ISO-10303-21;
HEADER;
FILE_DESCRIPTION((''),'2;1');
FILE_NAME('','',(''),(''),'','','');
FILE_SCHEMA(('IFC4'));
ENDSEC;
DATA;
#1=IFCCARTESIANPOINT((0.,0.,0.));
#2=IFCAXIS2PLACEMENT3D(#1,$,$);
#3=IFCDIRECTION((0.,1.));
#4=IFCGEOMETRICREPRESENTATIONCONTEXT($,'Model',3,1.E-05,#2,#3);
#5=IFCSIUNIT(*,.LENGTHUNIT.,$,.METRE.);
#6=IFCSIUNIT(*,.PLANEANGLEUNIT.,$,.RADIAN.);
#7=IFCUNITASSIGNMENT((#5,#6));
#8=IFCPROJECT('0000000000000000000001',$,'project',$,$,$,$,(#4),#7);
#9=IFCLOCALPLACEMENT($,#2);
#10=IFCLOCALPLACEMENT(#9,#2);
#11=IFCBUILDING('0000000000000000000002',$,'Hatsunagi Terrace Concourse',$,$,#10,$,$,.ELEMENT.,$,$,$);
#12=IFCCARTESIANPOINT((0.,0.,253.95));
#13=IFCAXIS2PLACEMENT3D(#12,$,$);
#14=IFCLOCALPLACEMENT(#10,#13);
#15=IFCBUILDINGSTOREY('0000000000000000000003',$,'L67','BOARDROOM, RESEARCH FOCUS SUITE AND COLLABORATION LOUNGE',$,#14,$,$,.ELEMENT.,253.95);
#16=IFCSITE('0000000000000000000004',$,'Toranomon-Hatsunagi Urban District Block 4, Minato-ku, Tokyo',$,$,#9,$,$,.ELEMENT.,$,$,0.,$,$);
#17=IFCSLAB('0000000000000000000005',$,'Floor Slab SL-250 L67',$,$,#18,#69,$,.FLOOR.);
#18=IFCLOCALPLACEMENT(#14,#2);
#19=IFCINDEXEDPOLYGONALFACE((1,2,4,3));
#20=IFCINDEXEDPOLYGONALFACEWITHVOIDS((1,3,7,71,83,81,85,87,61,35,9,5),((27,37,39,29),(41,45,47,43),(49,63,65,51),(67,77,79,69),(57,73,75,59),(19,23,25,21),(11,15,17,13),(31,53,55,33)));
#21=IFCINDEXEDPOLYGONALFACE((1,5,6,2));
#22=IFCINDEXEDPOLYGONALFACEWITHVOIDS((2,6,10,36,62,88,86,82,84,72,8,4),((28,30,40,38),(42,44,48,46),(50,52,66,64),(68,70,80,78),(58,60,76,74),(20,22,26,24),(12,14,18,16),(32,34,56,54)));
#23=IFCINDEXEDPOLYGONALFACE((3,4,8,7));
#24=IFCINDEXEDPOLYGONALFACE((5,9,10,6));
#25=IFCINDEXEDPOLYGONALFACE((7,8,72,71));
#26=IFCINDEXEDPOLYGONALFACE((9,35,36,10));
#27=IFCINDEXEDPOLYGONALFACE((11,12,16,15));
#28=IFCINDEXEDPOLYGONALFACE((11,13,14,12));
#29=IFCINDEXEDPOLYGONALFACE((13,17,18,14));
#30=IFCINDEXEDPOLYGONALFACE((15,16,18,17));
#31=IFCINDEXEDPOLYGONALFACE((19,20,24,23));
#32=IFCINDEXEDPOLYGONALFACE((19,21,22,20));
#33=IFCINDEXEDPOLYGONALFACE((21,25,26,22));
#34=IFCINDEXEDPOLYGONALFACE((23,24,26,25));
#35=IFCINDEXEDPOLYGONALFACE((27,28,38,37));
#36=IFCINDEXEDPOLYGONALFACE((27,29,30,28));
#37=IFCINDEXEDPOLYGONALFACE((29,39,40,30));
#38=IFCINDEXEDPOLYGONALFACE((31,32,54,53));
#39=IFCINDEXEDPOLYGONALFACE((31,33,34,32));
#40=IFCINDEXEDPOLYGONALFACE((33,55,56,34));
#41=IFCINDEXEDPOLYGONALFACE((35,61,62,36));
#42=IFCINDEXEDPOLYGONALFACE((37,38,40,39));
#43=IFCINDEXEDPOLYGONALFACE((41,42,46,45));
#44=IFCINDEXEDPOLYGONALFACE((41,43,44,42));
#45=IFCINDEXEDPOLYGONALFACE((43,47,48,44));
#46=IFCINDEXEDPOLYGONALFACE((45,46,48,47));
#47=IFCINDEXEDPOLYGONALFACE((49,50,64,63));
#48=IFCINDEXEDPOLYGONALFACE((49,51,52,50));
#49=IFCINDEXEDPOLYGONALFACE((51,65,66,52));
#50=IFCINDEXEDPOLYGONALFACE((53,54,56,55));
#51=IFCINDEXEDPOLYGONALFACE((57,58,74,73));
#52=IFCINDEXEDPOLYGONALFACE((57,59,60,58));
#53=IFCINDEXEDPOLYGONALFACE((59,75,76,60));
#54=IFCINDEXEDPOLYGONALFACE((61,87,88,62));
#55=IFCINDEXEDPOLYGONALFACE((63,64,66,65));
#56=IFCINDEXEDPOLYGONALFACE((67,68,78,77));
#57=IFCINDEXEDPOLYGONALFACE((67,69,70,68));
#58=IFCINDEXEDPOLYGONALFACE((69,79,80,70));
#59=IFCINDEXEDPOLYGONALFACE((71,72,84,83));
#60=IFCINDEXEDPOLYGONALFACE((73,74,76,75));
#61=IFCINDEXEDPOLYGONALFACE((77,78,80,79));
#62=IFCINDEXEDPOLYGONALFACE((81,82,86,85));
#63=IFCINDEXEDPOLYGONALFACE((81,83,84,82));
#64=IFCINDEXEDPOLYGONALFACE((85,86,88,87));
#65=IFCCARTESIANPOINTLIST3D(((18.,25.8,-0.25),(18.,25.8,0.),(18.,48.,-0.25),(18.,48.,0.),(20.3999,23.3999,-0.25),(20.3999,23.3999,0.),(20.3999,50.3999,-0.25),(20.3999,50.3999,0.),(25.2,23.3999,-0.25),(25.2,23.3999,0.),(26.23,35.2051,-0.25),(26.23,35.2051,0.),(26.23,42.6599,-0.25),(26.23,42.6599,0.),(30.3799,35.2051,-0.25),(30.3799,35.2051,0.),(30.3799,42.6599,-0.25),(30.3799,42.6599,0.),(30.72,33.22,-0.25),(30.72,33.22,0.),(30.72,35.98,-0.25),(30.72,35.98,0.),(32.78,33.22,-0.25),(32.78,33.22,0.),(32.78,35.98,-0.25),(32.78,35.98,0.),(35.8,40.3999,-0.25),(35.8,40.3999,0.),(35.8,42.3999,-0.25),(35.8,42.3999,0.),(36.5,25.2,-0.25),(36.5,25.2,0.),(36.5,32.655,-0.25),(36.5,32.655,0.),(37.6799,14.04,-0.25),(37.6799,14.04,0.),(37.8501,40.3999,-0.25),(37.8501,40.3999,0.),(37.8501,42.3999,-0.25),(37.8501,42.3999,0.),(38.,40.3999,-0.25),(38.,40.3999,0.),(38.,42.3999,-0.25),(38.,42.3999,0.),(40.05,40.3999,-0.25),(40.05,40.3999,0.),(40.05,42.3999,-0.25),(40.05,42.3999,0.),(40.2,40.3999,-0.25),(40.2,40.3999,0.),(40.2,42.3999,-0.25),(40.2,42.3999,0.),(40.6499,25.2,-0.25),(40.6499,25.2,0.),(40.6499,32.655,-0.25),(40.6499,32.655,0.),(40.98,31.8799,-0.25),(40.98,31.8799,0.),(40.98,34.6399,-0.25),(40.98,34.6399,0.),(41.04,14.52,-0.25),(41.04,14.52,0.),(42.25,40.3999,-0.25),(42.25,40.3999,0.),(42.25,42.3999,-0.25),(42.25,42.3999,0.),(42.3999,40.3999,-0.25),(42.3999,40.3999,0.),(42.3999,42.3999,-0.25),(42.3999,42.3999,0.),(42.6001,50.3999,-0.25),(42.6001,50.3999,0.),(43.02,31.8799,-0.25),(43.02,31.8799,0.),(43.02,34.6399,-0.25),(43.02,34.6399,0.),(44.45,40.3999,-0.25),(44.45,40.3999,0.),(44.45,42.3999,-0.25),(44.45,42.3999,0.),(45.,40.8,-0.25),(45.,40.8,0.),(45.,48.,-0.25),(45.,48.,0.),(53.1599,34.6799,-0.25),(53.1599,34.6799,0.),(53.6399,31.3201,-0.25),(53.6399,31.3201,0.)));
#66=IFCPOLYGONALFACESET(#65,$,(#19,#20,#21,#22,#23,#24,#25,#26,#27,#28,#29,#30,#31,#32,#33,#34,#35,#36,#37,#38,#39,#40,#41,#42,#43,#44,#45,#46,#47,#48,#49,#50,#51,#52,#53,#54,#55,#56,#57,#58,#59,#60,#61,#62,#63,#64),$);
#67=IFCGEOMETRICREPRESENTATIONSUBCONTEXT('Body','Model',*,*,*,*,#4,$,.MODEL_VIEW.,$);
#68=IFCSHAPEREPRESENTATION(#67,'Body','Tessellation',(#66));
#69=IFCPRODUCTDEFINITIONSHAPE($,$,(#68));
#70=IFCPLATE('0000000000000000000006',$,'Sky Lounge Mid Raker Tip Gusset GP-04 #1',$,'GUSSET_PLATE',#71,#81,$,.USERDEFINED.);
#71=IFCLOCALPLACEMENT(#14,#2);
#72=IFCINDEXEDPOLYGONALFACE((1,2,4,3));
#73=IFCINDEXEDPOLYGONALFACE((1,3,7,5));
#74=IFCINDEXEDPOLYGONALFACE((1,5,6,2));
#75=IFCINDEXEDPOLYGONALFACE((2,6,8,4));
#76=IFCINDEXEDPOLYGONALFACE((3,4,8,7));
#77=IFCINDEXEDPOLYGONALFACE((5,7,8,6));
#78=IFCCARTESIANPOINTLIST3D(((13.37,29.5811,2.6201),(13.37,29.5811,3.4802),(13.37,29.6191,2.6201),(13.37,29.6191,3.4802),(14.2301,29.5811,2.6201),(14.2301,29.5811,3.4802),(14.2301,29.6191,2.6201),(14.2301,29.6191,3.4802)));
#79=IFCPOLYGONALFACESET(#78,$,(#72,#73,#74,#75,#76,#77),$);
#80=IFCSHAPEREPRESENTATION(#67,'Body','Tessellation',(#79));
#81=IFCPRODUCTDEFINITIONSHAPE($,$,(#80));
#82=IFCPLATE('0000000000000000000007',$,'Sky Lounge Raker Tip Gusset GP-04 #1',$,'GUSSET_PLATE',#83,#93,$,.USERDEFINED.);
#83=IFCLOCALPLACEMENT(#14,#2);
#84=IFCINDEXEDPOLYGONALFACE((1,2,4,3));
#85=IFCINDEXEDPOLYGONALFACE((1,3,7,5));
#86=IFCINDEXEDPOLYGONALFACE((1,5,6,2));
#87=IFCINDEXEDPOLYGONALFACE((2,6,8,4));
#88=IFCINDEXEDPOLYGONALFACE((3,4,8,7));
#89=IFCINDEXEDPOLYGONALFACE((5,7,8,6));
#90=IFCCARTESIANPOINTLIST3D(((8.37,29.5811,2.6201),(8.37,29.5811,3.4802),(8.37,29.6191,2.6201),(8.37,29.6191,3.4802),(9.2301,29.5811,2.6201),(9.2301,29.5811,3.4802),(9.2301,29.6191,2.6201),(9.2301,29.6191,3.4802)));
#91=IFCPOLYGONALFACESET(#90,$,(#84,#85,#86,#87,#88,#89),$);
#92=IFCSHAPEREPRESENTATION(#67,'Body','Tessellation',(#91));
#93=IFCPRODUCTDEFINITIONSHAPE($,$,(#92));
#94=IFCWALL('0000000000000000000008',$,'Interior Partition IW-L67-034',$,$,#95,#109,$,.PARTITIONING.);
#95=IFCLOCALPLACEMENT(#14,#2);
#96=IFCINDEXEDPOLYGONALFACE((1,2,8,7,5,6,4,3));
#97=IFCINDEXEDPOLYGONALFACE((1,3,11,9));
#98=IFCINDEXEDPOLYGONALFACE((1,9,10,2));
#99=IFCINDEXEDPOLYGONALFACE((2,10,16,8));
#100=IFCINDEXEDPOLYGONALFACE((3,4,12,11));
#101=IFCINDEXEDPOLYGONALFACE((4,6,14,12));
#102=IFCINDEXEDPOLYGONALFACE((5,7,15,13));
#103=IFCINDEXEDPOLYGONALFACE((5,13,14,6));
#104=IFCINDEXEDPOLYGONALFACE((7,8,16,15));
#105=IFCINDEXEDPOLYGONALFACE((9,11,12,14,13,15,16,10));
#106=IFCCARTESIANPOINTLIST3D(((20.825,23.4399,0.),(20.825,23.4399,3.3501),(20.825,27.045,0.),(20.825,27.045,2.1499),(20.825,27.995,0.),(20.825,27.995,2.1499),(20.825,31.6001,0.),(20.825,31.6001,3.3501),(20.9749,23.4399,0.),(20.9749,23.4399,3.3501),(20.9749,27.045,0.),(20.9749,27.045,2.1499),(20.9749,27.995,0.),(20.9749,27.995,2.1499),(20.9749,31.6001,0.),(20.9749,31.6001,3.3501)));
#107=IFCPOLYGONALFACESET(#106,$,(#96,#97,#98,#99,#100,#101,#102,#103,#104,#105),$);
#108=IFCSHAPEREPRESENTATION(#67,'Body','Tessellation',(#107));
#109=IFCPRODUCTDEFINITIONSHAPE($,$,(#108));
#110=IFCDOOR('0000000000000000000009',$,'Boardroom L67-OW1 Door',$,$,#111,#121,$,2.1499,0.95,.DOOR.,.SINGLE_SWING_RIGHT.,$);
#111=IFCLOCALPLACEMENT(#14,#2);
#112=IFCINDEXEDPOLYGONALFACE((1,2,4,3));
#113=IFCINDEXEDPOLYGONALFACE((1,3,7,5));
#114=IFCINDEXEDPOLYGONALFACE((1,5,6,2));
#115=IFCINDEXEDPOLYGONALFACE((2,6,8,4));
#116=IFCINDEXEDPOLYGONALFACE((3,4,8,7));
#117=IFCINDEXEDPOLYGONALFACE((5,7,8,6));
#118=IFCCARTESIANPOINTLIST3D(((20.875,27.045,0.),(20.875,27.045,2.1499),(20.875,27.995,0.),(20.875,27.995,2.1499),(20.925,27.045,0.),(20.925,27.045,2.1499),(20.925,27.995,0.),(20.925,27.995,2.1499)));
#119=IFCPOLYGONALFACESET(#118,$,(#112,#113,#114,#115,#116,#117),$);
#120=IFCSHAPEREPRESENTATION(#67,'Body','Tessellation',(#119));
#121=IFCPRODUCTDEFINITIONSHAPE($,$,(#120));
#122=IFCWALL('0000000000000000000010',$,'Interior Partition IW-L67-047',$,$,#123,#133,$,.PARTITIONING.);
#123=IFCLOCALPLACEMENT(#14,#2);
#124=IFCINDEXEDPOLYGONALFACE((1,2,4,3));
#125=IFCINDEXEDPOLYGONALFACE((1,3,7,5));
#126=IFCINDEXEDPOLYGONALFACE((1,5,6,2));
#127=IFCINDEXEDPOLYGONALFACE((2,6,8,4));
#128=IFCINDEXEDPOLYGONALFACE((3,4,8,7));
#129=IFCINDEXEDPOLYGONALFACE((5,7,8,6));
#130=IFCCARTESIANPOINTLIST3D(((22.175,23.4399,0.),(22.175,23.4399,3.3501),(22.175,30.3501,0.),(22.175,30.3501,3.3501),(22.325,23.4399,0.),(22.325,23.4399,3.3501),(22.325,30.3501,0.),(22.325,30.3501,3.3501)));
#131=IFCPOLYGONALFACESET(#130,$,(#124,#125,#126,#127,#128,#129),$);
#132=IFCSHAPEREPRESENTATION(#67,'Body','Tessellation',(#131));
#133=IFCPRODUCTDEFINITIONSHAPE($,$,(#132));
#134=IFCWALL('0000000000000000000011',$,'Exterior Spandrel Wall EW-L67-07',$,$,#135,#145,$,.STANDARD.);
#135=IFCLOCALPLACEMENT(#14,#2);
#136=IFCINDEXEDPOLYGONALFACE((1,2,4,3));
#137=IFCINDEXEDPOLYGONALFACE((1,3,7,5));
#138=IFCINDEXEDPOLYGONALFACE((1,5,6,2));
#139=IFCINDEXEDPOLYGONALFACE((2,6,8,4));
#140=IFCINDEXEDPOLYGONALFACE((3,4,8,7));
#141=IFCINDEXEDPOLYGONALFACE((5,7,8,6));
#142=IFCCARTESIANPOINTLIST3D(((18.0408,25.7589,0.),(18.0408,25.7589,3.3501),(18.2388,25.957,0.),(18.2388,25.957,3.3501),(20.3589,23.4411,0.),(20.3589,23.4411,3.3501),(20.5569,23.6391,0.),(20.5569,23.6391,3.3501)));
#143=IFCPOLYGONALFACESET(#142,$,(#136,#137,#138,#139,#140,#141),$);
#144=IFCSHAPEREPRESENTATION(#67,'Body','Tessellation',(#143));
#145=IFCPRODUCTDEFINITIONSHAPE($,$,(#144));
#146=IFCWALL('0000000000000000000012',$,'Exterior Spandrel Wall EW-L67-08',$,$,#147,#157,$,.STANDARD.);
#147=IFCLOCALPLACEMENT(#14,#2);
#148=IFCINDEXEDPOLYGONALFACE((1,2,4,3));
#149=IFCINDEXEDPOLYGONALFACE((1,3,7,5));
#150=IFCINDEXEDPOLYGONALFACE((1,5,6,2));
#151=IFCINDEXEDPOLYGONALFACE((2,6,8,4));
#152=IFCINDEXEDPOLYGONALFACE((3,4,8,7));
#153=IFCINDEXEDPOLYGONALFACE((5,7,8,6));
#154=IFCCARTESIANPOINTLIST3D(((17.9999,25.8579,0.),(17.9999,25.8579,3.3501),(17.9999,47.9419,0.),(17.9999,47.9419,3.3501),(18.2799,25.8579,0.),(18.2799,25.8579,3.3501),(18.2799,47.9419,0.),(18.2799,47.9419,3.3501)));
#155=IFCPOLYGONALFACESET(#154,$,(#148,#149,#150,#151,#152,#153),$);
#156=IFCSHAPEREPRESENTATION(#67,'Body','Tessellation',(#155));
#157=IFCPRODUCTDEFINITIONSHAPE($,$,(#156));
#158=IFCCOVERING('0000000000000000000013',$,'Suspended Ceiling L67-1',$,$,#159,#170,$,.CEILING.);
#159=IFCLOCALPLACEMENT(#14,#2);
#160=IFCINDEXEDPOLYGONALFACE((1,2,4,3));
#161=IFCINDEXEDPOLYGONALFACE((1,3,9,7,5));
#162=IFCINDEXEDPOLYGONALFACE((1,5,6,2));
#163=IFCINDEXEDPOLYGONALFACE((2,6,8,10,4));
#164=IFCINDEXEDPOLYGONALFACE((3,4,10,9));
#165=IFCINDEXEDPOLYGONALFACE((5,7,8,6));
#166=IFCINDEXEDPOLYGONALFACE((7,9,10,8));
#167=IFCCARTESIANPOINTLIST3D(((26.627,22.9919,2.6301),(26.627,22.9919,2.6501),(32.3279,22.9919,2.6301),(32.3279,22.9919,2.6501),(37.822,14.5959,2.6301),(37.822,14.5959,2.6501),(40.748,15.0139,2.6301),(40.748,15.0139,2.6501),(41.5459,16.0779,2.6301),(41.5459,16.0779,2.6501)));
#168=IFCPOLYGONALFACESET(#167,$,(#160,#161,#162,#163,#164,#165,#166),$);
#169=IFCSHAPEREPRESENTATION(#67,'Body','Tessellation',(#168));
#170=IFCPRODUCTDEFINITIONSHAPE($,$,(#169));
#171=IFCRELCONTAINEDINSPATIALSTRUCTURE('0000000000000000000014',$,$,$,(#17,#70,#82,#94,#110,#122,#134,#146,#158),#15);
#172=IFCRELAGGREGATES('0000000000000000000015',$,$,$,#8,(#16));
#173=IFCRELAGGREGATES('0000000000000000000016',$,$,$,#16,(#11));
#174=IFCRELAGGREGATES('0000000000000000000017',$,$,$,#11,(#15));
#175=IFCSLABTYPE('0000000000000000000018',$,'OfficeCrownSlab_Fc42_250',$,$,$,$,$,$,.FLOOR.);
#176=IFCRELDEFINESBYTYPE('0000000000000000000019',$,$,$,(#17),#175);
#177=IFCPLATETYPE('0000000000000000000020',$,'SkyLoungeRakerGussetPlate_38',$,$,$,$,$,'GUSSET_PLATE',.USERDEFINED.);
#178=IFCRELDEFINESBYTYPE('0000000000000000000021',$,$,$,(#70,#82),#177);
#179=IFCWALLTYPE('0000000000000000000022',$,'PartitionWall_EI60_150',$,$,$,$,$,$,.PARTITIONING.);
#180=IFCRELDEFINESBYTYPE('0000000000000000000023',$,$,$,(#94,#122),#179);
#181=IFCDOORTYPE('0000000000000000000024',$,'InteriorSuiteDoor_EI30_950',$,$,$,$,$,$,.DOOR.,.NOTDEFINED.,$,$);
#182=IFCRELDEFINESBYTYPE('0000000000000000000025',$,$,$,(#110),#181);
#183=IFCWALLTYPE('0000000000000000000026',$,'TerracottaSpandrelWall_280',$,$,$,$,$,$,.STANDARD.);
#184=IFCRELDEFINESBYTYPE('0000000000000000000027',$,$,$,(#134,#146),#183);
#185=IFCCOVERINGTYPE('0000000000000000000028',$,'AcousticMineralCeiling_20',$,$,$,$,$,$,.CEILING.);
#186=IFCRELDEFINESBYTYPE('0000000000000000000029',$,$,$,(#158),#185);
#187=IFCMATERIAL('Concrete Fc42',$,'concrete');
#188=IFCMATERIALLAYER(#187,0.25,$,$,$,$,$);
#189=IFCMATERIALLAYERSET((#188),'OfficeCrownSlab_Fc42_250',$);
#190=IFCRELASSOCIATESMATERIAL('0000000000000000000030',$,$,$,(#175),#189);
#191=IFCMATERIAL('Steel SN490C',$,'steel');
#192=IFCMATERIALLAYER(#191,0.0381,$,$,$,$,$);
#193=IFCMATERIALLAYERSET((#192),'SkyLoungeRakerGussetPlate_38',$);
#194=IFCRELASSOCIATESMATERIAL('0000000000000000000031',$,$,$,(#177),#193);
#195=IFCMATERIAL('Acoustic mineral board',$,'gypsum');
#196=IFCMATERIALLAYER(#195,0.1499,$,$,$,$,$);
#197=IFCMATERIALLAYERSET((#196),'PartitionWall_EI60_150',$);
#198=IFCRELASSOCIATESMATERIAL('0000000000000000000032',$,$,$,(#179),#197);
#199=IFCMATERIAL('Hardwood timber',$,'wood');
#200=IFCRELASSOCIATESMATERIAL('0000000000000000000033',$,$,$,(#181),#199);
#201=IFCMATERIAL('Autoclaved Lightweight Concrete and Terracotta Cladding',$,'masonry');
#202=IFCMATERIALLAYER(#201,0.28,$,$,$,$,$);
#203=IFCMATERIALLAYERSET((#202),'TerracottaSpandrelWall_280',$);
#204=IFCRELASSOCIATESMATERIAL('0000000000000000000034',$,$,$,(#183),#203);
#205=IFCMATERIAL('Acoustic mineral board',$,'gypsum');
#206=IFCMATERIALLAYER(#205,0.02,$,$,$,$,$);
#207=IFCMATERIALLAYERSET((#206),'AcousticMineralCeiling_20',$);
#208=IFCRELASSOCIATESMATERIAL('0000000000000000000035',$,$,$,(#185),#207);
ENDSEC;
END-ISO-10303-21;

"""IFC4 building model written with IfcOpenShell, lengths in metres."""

from ifc_helpers import new_model, si_unit, direction, frame, frame_2d, origin, origin_2d, place, context, subcontext, project, spatial, polyline, rectangle, outline, extrude, material, layer, layer_set, type_object, element, fill, save


model = new_model("IFC4")

# Units and contexts
model_context = context("Model", 3, precision=1e-05, world=origin(), true_north=direction((0.0, 1.0)))
body_context = subcontext(model_context, "Body", "Model", "MODEL_VIEW")
ifc_project = project(units=[si_unit("LENGTHUNIT", "METRE"), si_unit("PLANEANGLEUNIT", "RADIAN")], contexts=[model_context])

# Site, building, storey
site_placement = place(None, origin())
site = spatial("IfcSite", under=ifc_project, at=site_placement, Name="Toranomon-Hatsunagi Urban District Block 4, Minato-ku, Tokyo", CompositionType="ELEMENT", RefElevation=0.0)
building_placement = place(site_placement, origin())
building = spatial("IfcBuilding", under=site, at=building_placement, Name="Hatsunagi Terrace Concourse", CompositionType="ELEMENT")
storey_placement = place(building_placement, frame((0.0, 0.0, 253.95)))
storey = spatial("IfcBuildingStorey", under=building, at=storey_placement, Name="L67", Description="BOARDROOM, RESEARCH FOCUS SUITE AND COLLABORATION LOUNGE", CompositionType="ELEMENT", Elevation=253.95)

# Slab
ifc_material_1 = material(Name="Concrete Fc42", Category="concrete")
ifc_layer_1 = layer(ifc_material_1, 0.25)
ifc_layer_set_1 = layer_set([ifc_layer_1], Name="OfficeCrownSlab_Fc42_250")
slab_type_1 = type_object("IfcSlabType", Name="OfficeCrownSlab_Fc42_250", PredefinedType="FLOOR", material=ifc_layer_set_1)
slab_1_placement = place(storey_placement, frame((0.0, 0.0, -0.25)))
element("IfcSlab", 1, at=slab_1_placement, inside=storey, type_object=slab_type_1, Name="Floor Slab SL-250 L67", PredefinedType="FLOOR", context=body_context, shape_type="SweptSolid", body=[
    extrude(outline(polyline([(45.0, 40.8), (45.0, 48.0), (42.6001, 50.3999), (20.3999, 50.3999), (18.0, 48.0), (18.0, 25.8), (20.3999, 23.3999), (25.2, 23.3999), (37.6799, 14.04), (41.04, 14.52), (53.6399, 31.3201), (53.1599, 34.6799), (45.0, 40.8)]), holes=[polyline([(26.23, 35.2051), (30.3799, 35.2051), (30.3799, 42.6599), (26.23, 42.6599), (26.23, 35.2051)]), polyline([(36.5, 25.2), (40.6499, 25.2), (40.6499, 32.655), (36.5, 32.655), (36.5, 25.2)]), polyline([(30.72, 33.22), (32.78, 33.22), (32.78, 35.98), (30.72, 35.98), (30.72, 33.22)]), polyline([(40.98, 31.8799), (43.02, 31.8799), (43.02, 34.6399), (40.98, 34.6399), (40.98, 31.8799)]), polyline([(35.8, 40.3999), (37.8501, 40.3999), (37.8501, 42.3999), (35.8, 42.3999), (35.8, 40.3999)]), polyline([(38.0, 40.3999), (40.05, 40.3999), (40.05, 42.3999), (38.0, 42.3999), (38.0, 40.3999)]), polyline([(40.2, 40.3999), (42.25, 40.3999), (42.25, 42.3999), (40.2, 42.3999), (40.2, 40.3999)]), polyline([(42.3999, 40.3999), (44.45, 40.3999), (44.45, 42.3999), (42.3999, 42.3999), (42.3999, 40.3999)])]), origin(), (0.0, 0.0, 1.0), 0.25),
])

# Plates
ifc_material_2 = material(Name="Steel SN490C", Category="steel")
ifc_layer_2 = layer(ifc_material_2, 0.0381)
ifc_layer_set_2 = layer_set([ifc_layer_2], Name="SkyLoungeRakerGussetPlate_38")
plate_type_1 = type_object("IfcPlateType", Name="SkyLoungeRakerGussetPlate_38", ElementType="GUSSET_PLATE", PredefinedType="USERDEFINED", material=ifc_layer_set_2)
for number, where, z_axis, x_axis, name in (
    (2, (13.8, 29.6001, 2.6201), (0.0, 0.0, 1.0), (1.0, 0.0, 0.0), "Sky Lounge Mid Raker Tip Gusset GP-04 #1"),
    (3, (8.8, 29.6001, 2.6201), (0.0, 0.0, 1.0), (1.0, 0.0, 0.0), "Sky Lounge Raker Tip Gusset GP-04 #1"),
):
    element("IfcPlate", number, at=place(storey_placement, frame(where, z_axis=z_axis, x_axis=x_axis)), inside=storey, type_object=plate_type_1, Name=name, ObjectType="GUSSET_PLATE", PredefinedType="USERDEFINED", context=body_context, shape_type="SweptSolid", body=[
        extrude(rectangle(XDim=0.8601, YDim=0.0381, at=origin_2d()), origin(), (0.0, 0.0, 1.0), 0.8601),
    ])

# Wall, opening, door
ifc_material_3 = material(Name="Acoustic mineral board", Category="gypsum")
ifc_layer_3 = layer(ifc_material_3, 0.1499)
ifc_layer_set_3 = layer_set([ifc_layer_3], Name="PartitionWall_EI60_150")
wall_type_1 = type_object("IfcWallType", Name="PartitionWall_EI60_150", PredefinedType="PARTITIONING", material=ifc_layer_set_3)
wall_1_placement = place(storey_placement, frame((20.8999, 23.4399, 0.0), z_axis=(0.0, 0.0, 1.0), x_axis=(0.0, 1.0, 0.0)))
wall_1 = element("IfcWall", 4, at=wall_1_placement, inside=storey, type_object=wall_type_1, Name="Interior Partition IW-L67-034", PredefinedType="PARTITIONING", context=body_context, shape_type="SweptSolid", body=[
    extrude(rectangle(XDim=8.1602, YDim=0.1499, at=frame_2d((4.0801, 0.0))), origin(), (0.0, 0.0, 1.0), 3.3501),
])
opening_1_placement = place(wall_1_placement, frame((3.605, 0.0, 0.0)))
opening_1 = element("IfcOpeningElement", 5, at=opening_1_placement, cuts=wall_1, PredefinedType="OPENING", context=body_context, shape_type="SweptSolid", body=[
    extrude(rectangle(XDim=0.95, YDim=2.1499, at=frame_2d((0.4751, 1.075))), frame((0.0, 0.085, 0.0), z_axis=(0.0, -1.0, 0.0), x_axis=(1.0, 0.0, 0.0)), (0.0, 0.0, 1.0), 0.1699),
])
ifc_material_4 = material(Name="Hardwood timber", Category="wood")
door_type = type_object("IfcDoorType", Name="InteriorSuiteDoor_EI30_950", OperationType="NOTDEFINED", PredefinedType="DOOR", material=ifc_material_4)
door_1_placement = place(opening_1_placement, origin())
door_1 = element("IfcDoor", 6, at=door_1_placement, inside=storey, type_object=door_type, Name="Boardroom L67-OW1 Door", OperationType="SINGLE_SWING_RIGHT", OverallHeight=2.1499, OverallWidth=0.95, PredefinedType="DOOR", context=body_context, shape_type="SweptSolid", body=[
    extrude(rectangle(XDim=0.95, YDim=2.1499, at=frame_2d((0.4751, 1.075))), frame((0.0, 0.0249, 0.0), z_axis=(0.0, -1.0, 0.0), x_axis=(1.0, 0.0, 0.0)), (0.0, 0.0, 1.0), 0.05),
])
fill(opening_1, door_1)

# Walls
wall_2_placement = place(storey_placement, frame((22.25, 23.4399, 0.0), z_axis=(0.0, 0.0, 1.0), x_axis=(0.0, 1.0, 0.0)))
element("IfcWall", 7, at=wall_2_placement, inside=storey, type_object=wall_type_1, Name="Interior Partition IW-L67-047", PredefinedType="PARTITIONING", context=body_context, shape_type="SweptSolid", body=[
    extrude(rectangle(XDim=6.9102, YDim=0.1499, at=frame_2d((3.4551, 0.0))), origin(), (0.0, 0.0, 1.0), 3.3501),
])
ifc_material_5 = material(Name="Autoclaved Lightweight Concrete and Terracotta Cladding", Category="masonry")
ifc_layer_4 = layer(ifc_material_5, 0.28)
ifc_layer_set_4 = layer_set([ifc_layer_4], Name="TerracottaSpandrelWall_280")
wall_type_2 = type_object("IfcWallType", Name="TerracottaSpandrelWall_280", PredefinedType="STANDARD", material=ifc_layer_set_4)
wall_3_placement = place(storey_placement, frame((20.458, 23.54, 0.0), z_axis=(0.0, 0.0, 1.0), x_axis=(-0.707144, 0.70707, 0.0)))
element("IfcWall", 8, at=wall_3_placement, inside=storey, type_object=wall_type_2, Name="Exterior Spandrel Wall EW-L67-07", PredefinedType="STANDARD", context=body_context, shape_type="SweptSolid", body=[
    extrude(rectangle(XDim=3.2781, YDim=0.28, at=frame_2d((1.6392, 0.0))), origin(), (0.0, 0.0, 1.0), 3.3501),
])
wall_4_placement = place(storey_placement, frame((18.1399, 25.8579, 0.0), z_axis=(0.0, 0.0, 1.0), x_axis=(0.0, 1.0, 0.0)))
element("IfcWall", 9, at=wall_4_placement, inside=storey, type_object=wall_type_2, Name="Exterior Spandrel Wall EW-L67-08", PredefinedType="STANDARD", context=body_context, shape_type="SweptSolid", body=[
    extrude(rectangle(XDim=22.084, YDim=0.28, at=frame_2d((11.042, 0.0))), origin(), (0.0, 0.0, 1.0), 3.3501),
])

# Covering
ifc_material_6 = material(Name="Acoustic mineral board", Category="gypsum")
ifc_layer_5 = layer(ifc_material_6, 0.02)
ifc_layer_set_5 = layer_set([ifc_layer_5], Name="AcousticMineralCeiling_20")
covering_type_1 = type_object("IfcCoveringType", Name="AcousticMineralCeiling_20", PredefinedType="CEILING", material=ifc_layer_set_5)
covering_1_placement = place(storey_placement, frame((0.0, 0.0, 2.6301)))
element("IfcCovering", 10, at=covering_1_placement, inside=storey, type_object=covering_type_1, Name="Suspended Ceiling L67-1", PredefinedType="CEILING", context=body_context, shape_type="SweptSolid", body=[
    extrude(outline(polyline([(26.627, 22.9919), (37.822, 14.5959), (40.748, 15.0139), (41.5459, 16.0779), (32.3279, 22.9919), (26.627, 22.9919)])), origin(), (0.0, 0.0, 1.0), 0.02),
])

save(model, "model.ifc")
